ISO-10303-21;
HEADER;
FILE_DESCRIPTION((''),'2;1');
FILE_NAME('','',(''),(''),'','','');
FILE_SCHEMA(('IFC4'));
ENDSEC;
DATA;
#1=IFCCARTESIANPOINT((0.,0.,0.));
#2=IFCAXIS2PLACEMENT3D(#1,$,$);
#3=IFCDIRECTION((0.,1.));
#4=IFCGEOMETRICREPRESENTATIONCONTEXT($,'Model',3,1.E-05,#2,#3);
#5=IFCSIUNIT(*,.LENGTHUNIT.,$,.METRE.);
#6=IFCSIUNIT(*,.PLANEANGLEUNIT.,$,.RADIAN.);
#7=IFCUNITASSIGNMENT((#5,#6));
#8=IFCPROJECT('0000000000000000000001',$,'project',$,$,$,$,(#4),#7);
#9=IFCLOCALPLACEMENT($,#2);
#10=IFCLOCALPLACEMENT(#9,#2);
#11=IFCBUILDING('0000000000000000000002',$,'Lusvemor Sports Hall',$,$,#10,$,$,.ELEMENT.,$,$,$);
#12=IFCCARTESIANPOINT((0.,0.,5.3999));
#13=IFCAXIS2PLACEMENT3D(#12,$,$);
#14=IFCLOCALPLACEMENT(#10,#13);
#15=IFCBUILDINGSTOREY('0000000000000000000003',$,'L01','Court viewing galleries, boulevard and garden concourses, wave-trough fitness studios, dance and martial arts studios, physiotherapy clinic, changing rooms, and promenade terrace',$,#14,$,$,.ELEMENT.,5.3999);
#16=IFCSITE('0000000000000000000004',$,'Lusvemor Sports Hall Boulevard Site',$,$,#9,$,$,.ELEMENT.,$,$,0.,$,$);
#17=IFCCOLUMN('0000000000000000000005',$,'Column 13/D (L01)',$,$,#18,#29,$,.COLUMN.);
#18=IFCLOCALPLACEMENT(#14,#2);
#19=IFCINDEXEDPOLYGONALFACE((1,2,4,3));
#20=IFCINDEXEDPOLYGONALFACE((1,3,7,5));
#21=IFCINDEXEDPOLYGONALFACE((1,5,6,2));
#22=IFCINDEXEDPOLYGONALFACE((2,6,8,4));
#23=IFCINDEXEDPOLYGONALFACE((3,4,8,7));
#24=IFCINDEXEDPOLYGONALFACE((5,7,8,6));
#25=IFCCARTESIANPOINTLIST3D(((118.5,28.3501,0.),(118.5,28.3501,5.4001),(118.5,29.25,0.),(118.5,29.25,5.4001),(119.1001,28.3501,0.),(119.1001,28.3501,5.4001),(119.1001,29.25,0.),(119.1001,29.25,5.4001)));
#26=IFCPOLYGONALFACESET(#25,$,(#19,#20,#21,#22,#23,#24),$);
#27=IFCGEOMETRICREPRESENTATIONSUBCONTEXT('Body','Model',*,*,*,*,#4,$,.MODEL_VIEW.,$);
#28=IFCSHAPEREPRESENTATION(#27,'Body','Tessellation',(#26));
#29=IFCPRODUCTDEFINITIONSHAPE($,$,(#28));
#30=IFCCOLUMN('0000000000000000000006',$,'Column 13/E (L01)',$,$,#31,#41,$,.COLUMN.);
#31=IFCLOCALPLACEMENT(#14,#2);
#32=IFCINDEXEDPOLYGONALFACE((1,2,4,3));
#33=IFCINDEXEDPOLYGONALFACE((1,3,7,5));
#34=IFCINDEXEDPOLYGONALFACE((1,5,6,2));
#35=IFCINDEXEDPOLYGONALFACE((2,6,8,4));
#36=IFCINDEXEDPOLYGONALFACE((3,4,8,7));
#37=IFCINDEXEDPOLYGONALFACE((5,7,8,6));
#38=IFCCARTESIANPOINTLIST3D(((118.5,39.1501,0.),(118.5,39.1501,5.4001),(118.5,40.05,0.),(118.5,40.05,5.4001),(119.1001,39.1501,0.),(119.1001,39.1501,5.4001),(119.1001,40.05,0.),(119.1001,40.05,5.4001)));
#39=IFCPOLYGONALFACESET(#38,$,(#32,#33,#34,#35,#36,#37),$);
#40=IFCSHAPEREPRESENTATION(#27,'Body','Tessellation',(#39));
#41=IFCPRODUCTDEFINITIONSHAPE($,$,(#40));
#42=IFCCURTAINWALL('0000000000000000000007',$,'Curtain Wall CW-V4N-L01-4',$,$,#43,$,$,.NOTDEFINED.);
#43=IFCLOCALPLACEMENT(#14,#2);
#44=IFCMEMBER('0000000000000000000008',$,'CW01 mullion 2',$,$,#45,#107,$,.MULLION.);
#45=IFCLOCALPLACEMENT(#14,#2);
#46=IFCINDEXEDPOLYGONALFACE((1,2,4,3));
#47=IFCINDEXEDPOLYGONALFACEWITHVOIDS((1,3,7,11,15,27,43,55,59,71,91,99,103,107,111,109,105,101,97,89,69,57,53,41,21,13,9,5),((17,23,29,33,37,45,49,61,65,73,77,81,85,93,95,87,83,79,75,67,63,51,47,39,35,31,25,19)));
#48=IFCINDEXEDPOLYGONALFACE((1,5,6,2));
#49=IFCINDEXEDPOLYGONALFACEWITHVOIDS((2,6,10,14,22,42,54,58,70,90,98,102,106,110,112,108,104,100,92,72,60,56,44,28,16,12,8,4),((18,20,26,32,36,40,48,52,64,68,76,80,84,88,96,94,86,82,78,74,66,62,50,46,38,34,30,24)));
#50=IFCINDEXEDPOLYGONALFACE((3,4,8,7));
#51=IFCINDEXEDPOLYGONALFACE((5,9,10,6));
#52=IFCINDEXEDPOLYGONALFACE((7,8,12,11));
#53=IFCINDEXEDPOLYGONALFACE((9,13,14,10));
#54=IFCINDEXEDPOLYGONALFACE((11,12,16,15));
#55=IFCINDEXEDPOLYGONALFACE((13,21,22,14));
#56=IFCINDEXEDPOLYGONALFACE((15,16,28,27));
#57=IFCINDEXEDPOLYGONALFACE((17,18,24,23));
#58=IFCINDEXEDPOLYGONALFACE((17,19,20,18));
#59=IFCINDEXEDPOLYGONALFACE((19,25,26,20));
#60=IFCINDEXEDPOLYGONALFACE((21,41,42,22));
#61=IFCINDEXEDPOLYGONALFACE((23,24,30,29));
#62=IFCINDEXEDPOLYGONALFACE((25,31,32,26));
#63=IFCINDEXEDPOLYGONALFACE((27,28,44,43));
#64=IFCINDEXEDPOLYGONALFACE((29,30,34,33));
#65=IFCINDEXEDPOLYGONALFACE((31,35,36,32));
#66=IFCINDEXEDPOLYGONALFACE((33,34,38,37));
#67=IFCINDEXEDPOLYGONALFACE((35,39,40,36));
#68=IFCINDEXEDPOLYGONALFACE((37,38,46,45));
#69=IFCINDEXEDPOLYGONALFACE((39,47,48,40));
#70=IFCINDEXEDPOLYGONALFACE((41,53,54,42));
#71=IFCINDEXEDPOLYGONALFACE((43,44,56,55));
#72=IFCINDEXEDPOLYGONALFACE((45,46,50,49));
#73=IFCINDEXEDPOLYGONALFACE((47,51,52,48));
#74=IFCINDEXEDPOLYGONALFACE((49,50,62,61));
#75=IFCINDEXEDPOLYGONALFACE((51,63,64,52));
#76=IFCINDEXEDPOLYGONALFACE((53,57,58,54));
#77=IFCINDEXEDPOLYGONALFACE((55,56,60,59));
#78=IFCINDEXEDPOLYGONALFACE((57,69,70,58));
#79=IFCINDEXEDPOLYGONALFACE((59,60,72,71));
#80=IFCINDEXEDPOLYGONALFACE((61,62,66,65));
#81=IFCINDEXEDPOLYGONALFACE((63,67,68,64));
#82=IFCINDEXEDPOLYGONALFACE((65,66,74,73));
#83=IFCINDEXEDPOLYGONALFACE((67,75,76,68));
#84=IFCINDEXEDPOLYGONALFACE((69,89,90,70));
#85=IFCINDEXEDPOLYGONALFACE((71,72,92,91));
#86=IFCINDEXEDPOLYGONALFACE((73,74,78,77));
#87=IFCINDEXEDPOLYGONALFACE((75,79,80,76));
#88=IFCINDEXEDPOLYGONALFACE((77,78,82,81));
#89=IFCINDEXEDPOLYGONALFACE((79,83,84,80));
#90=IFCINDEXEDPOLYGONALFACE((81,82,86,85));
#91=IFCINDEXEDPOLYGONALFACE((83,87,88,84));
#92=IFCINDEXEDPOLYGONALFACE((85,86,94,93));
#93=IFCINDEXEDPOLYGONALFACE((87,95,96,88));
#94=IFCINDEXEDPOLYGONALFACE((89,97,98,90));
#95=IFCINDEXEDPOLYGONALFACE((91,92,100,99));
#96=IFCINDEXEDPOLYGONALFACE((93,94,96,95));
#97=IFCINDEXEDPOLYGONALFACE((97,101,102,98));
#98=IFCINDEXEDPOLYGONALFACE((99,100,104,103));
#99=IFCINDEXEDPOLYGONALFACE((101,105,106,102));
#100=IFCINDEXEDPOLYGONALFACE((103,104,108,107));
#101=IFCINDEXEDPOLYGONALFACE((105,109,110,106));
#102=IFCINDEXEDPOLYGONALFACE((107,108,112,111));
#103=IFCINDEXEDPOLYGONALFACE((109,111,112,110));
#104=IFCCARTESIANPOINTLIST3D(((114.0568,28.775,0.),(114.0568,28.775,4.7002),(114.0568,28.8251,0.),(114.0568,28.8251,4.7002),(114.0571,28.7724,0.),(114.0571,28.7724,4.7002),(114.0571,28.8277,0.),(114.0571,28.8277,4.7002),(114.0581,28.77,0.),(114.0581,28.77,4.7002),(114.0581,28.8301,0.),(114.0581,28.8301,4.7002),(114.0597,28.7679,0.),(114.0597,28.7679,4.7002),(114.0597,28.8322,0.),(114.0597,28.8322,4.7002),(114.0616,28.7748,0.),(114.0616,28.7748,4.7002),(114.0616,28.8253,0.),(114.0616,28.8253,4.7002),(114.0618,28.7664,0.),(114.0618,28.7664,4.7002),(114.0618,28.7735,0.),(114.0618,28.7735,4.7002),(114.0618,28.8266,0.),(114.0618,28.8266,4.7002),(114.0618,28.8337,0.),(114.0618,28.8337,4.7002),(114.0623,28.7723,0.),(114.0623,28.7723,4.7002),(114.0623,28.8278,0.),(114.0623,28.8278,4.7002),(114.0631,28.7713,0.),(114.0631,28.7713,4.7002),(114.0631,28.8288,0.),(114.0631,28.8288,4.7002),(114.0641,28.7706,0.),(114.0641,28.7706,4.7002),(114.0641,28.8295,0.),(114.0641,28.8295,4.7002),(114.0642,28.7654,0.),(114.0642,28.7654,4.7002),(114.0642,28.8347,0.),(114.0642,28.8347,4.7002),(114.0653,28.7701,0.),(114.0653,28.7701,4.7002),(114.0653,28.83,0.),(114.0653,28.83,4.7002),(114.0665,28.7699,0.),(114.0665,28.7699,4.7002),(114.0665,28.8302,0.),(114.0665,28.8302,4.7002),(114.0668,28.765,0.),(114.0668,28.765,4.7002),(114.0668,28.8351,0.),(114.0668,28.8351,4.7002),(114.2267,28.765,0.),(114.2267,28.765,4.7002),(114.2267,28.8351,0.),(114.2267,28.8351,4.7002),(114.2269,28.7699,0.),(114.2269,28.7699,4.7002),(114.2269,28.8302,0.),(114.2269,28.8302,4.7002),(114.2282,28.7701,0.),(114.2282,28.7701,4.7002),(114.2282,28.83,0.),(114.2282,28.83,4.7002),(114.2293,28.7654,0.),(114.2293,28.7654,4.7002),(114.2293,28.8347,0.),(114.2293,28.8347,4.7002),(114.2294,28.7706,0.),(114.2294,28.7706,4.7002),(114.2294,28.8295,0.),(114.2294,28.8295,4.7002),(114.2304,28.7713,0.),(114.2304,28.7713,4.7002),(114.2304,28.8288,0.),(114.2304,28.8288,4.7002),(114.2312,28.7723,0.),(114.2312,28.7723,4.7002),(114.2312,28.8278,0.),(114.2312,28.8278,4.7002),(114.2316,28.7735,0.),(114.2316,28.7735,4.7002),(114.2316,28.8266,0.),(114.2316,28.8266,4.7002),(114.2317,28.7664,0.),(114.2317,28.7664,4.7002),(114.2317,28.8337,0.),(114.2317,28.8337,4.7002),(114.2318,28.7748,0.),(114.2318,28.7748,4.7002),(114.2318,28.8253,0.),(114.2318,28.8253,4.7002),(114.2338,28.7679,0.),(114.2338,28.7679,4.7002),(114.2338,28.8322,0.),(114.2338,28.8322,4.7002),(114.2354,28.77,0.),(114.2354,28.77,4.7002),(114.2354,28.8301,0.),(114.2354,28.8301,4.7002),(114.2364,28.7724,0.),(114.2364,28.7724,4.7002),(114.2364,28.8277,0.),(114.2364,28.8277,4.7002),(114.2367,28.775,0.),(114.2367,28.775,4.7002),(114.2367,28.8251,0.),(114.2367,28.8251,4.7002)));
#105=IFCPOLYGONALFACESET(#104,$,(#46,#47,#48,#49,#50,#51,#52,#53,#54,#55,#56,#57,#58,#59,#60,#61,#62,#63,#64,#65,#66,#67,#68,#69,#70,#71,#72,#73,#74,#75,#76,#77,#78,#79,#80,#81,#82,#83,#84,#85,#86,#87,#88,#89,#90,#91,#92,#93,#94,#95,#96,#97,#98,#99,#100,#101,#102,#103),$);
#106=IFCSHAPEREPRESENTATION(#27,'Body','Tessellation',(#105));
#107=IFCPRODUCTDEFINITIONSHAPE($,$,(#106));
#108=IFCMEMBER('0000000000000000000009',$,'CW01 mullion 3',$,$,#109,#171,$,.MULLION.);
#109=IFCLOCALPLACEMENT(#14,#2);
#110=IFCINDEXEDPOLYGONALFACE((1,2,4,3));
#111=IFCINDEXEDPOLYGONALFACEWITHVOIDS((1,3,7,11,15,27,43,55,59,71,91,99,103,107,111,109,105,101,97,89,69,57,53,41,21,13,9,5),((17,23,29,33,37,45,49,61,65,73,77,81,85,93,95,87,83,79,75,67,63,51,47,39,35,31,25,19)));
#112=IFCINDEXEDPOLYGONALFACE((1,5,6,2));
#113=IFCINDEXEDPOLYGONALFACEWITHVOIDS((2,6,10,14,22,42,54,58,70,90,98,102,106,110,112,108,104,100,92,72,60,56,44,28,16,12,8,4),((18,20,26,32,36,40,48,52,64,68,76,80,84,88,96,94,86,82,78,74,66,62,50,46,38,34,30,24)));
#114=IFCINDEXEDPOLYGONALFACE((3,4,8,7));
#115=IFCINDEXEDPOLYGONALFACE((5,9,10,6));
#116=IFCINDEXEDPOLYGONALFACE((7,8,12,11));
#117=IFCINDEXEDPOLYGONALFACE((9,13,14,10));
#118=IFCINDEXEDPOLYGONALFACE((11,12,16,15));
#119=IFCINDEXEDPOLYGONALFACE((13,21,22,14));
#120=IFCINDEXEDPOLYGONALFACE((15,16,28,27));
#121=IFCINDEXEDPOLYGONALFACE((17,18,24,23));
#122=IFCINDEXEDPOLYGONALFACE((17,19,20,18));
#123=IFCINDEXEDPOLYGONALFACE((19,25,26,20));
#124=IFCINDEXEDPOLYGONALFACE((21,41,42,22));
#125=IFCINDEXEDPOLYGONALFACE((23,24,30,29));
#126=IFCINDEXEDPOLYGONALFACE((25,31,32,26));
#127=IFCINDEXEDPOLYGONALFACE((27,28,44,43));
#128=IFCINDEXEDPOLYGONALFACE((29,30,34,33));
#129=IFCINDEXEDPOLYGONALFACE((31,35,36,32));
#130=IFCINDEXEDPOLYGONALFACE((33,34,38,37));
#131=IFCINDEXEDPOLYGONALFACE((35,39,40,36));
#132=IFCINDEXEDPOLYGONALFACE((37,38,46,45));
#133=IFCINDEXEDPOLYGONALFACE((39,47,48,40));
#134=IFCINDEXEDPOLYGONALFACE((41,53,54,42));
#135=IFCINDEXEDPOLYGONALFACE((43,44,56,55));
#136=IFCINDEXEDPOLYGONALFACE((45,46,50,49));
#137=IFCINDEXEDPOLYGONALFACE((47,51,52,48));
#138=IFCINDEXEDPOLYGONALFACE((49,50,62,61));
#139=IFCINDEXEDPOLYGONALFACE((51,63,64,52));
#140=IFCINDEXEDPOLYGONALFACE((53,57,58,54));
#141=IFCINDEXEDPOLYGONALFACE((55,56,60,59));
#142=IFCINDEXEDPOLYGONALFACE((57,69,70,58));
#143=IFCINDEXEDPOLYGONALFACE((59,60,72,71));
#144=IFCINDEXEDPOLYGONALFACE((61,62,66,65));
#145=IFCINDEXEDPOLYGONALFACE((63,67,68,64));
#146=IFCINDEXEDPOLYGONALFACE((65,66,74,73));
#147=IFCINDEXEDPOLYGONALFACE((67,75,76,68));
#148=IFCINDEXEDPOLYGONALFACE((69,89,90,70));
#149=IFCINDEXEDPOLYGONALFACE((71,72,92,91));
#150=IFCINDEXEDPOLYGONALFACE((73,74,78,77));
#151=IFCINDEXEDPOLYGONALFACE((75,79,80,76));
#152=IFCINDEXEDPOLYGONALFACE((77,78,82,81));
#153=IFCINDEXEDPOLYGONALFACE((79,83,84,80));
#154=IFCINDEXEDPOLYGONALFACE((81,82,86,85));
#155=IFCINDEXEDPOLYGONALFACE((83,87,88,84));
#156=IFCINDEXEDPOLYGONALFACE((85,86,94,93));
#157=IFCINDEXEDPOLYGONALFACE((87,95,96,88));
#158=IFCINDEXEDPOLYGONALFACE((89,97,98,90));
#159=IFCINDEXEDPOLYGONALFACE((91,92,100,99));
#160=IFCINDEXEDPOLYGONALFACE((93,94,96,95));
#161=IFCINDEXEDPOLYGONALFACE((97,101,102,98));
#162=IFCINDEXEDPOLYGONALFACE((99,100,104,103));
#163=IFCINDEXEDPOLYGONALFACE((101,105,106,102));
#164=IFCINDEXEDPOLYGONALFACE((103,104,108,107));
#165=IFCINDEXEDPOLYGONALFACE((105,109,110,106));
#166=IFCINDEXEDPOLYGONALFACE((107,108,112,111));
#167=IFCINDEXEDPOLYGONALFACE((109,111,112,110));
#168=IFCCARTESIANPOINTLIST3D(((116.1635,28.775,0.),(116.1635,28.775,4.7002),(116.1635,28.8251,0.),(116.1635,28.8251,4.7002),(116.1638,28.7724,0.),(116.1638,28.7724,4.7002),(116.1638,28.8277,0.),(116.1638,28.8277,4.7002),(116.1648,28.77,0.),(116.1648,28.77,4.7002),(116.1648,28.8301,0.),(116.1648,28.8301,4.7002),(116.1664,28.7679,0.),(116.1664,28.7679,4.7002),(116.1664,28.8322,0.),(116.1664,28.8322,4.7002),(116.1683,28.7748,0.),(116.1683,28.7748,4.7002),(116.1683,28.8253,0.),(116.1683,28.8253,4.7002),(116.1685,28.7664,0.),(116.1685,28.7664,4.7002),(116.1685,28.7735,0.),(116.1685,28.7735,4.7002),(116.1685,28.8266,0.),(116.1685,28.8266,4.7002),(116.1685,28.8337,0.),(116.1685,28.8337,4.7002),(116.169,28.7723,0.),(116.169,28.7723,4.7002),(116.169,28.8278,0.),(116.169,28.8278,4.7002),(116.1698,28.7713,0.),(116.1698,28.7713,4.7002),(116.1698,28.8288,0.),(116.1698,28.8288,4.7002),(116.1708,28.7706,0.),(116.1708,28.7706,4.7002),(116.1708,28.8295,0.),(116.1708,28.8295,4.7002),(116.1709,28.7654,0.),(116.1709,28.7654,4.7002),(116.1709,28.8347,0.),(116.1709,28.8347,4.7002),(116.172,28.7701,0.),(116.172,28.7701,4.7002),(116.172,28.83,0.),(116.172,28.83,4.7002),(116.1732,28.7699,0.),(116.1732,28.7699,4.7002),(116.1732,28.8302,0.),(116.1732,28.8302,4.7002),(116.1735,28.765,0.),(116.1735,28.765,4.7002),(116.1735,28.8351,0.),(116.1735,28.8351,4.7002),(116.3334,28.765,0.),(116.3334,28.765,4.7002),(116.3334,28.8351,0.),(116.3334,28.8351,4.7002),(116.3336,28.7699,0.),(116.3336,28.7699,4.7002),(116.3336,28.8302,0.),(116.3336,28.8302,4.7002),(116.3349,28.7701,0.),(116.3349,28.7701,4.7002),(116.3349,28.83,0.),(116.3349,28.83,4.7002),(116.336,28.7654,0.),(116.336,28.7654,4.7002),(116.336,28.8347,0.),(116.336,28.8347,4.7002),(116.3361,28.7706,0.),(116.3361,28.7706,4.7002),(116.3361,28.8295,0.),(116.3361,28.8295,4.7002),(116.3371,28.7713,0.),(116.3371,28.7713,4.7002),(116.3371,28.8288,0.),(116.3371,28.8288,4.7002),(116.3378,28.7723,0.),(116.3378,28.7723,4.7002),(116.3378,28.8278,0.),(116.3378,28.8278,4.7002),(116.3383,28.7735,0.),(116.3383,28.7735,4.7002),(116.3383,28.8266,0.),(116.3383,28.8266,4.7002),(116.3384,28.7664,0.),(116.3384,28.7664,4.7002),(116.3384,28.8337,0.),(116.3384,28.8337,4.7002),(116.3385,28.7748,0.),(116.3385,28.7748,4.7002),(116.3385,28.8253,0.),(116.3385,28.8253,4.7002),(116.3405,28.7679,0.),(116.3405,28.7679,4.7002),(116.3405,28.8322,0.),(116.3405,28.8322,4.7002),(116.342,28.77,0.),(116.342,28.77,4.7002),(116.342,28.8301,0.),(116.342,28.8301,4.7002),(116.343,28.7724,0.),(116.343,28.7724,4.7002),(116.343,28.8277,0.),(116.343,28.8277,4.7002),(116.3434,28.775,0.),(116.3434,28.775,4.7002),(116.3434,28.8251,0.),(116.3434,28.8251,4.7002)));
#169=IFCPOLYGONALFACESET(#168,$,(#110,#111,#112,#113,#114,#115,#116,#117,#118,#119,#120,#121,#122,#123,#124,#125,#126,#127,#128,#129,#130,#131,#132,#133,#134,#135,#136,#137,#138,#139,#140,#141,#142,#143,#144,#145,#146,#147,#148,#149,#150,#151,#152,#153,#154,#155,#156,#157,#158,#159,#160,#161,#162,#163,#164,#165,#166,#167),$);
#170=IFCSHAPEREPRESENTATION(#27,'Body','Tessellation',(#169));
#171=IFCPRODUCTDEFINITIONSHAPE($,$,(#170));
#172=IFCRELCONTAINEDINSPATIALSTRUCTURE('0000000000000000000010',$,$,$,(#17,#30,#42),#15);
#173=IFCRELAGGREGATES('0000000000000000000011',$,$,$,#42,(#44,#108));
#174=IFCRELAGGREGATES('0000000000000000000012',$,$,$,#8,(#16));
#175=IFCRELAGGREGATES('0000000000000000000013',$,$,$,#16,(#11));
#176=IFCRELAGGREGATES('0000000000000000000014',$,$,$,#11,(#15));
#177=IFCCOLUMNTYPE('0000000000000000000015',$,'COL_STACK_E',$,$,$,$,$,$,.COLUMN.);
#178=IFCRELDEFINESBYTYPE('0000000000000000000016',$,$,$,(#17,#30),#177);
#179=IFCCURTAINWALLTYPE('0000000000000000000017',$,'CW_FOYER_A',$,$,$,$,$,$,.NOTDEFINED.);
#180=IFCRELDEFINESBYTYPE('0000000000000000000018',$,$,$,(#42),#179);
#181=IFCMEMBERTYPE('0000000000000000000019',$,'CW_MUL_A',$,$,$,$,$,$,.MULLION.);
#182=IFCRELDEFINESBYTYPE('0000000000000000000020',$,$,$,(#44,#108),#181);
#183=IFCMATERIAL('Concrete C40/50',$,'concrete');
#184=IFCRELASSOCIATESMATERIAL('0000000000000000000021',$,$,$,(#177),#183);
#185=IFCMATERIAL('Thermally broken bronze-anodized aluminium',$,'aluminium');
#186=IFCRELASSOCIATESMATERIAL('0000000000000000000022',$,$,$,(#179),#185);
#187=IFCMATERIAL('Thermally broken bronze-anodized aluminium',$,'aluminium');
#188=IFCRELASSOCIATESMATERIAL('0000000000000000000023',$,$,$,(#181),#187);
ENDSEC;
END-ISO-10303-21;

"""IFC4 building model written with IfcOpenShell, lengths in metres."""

from ifc_helpers import new_model, si_unit, direction, frame, origin, origin_2d, place, context, subcontext, project, spatial, rectangle, hollow_rectangle, extrude, material, material_profile, profile_set, type_object, element, aggregate, save


model = new_model("IFC4")

# Units and contexts
model_context = context("Model", 3, precision=1e-05, world=origin(), true_north=direction((0.0, 1.0)))
body_context = subcontext(model_context, "Body", "Model", "MODEL_VIEW")
ifc_project = project(units=[si_unit("LENGTHUNIT", "METRE"), si_unit("PLANEANGLEUNIT", "RADIAN")], contexts=[model_context])

# Site, building, storey
site_placement = place(None, origin())
site = spatial("IfcSite", under=ifc_project, at=site_placement, Name="Lusvemor Sports Hall Boulevard Site", CompositionType="ELEMENT", RefElevation=0.0)
building_placement = place(site_placement, origin())
building = spatial("IfcBuilding", under=site, at=building_placement, Name="Lusvemor Sports Hall", CompositionType="ELEMENT")
storey_placement = place(building_placement, frame((0.0, 0.0, 5.3999)))
storey = spatial("IfcBuildingStorey", under=building, at=storey_placement, Name="L01", Description="Court viewing galleries, boulevard and garden concourses, wave-trough fitness studios, dance and martial arts studios, physiotherapy clinic, changing rooms, and promenade terrace", CompositionType="ELEMENT", Elevation=5.3999)

# Columns
ifc_material_1 = material(Name="Concrete C40/50", Category="concrete")
ifc_material_profile_1 = material_profile(ifc_material_1, rectangle(XDim=0.6001, YDim=0.8999, at=origin_2d()), Name="RC600x900")
ifc_profile_set_1 = profile_set([ifc_material_profile_1], Name="Concrete C40/50")
column_type = type_object("IfcColumnType", Name="COL_STACK_E", PredefinedType="COLUMN", material=ifc_profile_set_1)
for number, where, z_axis, x_axis, name in (
    (1, (118.8, 28.8, 0.0), (0.0, 0.0, 1.0), (1.0, 0.0, 0.0), "Column 13/D (L01)"),
    (2, (118.8, 39.6001, 0.0), (0.0, 0.0, 1.0), (1.0, 0.0, 0.0), "Column 13/E (L01)"),
):
    element("IfcColumn", number, at=place(storey_placement, frame(where, z_axis=z_axis, x_axis=x_axis)), inside=storey, type_object=column_type, Name=name, PredefinedType="COLUMN", context=body_context, shape_type="SweptSolid", body=[
        extrude(rectangle(XDim=0.6001, YDim=0.8999, at=origin_2d()), origin(), (0.0, 0.0, 1.0), 5.4001),
    ])

# Curtain wall, members
ifc_material_2 = material(Name="Thermally broken bronze-anodized aluminium", Category="aluminium")
curtain_wall_type_1 = type_object("IfcCurtainWallType", Name="CW_FOYER_A", PredefinedType="NOTDEFINED", material=ifc_material_2)
curtain_wall_1_placement = place(storey_placement, origin())
curtain_wall_1 = element("IfcCurtainWall", 3, at=curtain_wall_1_placement, inside=storey, type_object=curtain_wall_type_1, Name="Curtain Wall CW-V4N-L01-4", PredefinedType="NOTDEFINED")
ifc_material_3 = material(Name="Thermally broken bronze-anodized aluminium", Category="aluminium")
ifc_material_profile_2 = material_profile(ifc_material_3, hollow_rectangle(XDim=0.0701, YDim=0.1799, WallThickness=0.0049, InnerFilletRadius=0.0049, OuterFilletRadius=0.01, at=origin_2d()), Name="CWMUL180x70x5")
ifc_profile_set_2 = profile_set([ifc_material_profile_2], Name="Thermally broken bronze-anodized aluminium")
member_type_1 = type_object("IfcMemberType", Name="CW_MUL_A", PredefinedType="MULLION", material=ifc_profile_set_2)
member_1_placement = place(storey_placement, frame((114.1467, 28.8, 0.0), z_axis=(0.0, 0.0, 1.0), x_axis=(0.0, 1.0, 0.0)))
member_1 = element("IfcMember", 4, at=member_1_placement, type_object=member_type_1, Name="CW01 mullion 2", PredefinedType="MULLION", context=body_context, shape_type="SweptSolid", body=[
    extrude(hollow_rectangle(XDim=0.0701, YDim=0.1799, WallThickness=0.0049, InnerFilletRadius=0.0049, OuterFilletRadius=0.01, at=origin_2d()), origin(), (0.0, 0.0, 1.0), 4.7002),
])
member_2_placement = place(storey_placement, frame((116.2534, 28.8, 0.0), z_axis=(0.0, 0.0, 1.0), x_axis=(0.0, 1.0, 0.0)))
member_2 = element("IfcMember", 5, at=member_2_placement, type_object=member_type_1, Name="CW01 mullion 3", PredefinedType="MULLION", context=body_context, shape_type="SweptSolid", body=[
    extrude(hollow_rectangle(XDim=0.0701, YDim=0.1799, WallThickness=0.0049, InnerFilletRadius=0.0049, OuterFilletRadius=0.01, at=origin_2d()), origin(), (0.0, 0.0, 1.0), 4.7002),
])

aggregate(curtain_wall_1, [member_1, member_2])

save(model, "model.ifc")
